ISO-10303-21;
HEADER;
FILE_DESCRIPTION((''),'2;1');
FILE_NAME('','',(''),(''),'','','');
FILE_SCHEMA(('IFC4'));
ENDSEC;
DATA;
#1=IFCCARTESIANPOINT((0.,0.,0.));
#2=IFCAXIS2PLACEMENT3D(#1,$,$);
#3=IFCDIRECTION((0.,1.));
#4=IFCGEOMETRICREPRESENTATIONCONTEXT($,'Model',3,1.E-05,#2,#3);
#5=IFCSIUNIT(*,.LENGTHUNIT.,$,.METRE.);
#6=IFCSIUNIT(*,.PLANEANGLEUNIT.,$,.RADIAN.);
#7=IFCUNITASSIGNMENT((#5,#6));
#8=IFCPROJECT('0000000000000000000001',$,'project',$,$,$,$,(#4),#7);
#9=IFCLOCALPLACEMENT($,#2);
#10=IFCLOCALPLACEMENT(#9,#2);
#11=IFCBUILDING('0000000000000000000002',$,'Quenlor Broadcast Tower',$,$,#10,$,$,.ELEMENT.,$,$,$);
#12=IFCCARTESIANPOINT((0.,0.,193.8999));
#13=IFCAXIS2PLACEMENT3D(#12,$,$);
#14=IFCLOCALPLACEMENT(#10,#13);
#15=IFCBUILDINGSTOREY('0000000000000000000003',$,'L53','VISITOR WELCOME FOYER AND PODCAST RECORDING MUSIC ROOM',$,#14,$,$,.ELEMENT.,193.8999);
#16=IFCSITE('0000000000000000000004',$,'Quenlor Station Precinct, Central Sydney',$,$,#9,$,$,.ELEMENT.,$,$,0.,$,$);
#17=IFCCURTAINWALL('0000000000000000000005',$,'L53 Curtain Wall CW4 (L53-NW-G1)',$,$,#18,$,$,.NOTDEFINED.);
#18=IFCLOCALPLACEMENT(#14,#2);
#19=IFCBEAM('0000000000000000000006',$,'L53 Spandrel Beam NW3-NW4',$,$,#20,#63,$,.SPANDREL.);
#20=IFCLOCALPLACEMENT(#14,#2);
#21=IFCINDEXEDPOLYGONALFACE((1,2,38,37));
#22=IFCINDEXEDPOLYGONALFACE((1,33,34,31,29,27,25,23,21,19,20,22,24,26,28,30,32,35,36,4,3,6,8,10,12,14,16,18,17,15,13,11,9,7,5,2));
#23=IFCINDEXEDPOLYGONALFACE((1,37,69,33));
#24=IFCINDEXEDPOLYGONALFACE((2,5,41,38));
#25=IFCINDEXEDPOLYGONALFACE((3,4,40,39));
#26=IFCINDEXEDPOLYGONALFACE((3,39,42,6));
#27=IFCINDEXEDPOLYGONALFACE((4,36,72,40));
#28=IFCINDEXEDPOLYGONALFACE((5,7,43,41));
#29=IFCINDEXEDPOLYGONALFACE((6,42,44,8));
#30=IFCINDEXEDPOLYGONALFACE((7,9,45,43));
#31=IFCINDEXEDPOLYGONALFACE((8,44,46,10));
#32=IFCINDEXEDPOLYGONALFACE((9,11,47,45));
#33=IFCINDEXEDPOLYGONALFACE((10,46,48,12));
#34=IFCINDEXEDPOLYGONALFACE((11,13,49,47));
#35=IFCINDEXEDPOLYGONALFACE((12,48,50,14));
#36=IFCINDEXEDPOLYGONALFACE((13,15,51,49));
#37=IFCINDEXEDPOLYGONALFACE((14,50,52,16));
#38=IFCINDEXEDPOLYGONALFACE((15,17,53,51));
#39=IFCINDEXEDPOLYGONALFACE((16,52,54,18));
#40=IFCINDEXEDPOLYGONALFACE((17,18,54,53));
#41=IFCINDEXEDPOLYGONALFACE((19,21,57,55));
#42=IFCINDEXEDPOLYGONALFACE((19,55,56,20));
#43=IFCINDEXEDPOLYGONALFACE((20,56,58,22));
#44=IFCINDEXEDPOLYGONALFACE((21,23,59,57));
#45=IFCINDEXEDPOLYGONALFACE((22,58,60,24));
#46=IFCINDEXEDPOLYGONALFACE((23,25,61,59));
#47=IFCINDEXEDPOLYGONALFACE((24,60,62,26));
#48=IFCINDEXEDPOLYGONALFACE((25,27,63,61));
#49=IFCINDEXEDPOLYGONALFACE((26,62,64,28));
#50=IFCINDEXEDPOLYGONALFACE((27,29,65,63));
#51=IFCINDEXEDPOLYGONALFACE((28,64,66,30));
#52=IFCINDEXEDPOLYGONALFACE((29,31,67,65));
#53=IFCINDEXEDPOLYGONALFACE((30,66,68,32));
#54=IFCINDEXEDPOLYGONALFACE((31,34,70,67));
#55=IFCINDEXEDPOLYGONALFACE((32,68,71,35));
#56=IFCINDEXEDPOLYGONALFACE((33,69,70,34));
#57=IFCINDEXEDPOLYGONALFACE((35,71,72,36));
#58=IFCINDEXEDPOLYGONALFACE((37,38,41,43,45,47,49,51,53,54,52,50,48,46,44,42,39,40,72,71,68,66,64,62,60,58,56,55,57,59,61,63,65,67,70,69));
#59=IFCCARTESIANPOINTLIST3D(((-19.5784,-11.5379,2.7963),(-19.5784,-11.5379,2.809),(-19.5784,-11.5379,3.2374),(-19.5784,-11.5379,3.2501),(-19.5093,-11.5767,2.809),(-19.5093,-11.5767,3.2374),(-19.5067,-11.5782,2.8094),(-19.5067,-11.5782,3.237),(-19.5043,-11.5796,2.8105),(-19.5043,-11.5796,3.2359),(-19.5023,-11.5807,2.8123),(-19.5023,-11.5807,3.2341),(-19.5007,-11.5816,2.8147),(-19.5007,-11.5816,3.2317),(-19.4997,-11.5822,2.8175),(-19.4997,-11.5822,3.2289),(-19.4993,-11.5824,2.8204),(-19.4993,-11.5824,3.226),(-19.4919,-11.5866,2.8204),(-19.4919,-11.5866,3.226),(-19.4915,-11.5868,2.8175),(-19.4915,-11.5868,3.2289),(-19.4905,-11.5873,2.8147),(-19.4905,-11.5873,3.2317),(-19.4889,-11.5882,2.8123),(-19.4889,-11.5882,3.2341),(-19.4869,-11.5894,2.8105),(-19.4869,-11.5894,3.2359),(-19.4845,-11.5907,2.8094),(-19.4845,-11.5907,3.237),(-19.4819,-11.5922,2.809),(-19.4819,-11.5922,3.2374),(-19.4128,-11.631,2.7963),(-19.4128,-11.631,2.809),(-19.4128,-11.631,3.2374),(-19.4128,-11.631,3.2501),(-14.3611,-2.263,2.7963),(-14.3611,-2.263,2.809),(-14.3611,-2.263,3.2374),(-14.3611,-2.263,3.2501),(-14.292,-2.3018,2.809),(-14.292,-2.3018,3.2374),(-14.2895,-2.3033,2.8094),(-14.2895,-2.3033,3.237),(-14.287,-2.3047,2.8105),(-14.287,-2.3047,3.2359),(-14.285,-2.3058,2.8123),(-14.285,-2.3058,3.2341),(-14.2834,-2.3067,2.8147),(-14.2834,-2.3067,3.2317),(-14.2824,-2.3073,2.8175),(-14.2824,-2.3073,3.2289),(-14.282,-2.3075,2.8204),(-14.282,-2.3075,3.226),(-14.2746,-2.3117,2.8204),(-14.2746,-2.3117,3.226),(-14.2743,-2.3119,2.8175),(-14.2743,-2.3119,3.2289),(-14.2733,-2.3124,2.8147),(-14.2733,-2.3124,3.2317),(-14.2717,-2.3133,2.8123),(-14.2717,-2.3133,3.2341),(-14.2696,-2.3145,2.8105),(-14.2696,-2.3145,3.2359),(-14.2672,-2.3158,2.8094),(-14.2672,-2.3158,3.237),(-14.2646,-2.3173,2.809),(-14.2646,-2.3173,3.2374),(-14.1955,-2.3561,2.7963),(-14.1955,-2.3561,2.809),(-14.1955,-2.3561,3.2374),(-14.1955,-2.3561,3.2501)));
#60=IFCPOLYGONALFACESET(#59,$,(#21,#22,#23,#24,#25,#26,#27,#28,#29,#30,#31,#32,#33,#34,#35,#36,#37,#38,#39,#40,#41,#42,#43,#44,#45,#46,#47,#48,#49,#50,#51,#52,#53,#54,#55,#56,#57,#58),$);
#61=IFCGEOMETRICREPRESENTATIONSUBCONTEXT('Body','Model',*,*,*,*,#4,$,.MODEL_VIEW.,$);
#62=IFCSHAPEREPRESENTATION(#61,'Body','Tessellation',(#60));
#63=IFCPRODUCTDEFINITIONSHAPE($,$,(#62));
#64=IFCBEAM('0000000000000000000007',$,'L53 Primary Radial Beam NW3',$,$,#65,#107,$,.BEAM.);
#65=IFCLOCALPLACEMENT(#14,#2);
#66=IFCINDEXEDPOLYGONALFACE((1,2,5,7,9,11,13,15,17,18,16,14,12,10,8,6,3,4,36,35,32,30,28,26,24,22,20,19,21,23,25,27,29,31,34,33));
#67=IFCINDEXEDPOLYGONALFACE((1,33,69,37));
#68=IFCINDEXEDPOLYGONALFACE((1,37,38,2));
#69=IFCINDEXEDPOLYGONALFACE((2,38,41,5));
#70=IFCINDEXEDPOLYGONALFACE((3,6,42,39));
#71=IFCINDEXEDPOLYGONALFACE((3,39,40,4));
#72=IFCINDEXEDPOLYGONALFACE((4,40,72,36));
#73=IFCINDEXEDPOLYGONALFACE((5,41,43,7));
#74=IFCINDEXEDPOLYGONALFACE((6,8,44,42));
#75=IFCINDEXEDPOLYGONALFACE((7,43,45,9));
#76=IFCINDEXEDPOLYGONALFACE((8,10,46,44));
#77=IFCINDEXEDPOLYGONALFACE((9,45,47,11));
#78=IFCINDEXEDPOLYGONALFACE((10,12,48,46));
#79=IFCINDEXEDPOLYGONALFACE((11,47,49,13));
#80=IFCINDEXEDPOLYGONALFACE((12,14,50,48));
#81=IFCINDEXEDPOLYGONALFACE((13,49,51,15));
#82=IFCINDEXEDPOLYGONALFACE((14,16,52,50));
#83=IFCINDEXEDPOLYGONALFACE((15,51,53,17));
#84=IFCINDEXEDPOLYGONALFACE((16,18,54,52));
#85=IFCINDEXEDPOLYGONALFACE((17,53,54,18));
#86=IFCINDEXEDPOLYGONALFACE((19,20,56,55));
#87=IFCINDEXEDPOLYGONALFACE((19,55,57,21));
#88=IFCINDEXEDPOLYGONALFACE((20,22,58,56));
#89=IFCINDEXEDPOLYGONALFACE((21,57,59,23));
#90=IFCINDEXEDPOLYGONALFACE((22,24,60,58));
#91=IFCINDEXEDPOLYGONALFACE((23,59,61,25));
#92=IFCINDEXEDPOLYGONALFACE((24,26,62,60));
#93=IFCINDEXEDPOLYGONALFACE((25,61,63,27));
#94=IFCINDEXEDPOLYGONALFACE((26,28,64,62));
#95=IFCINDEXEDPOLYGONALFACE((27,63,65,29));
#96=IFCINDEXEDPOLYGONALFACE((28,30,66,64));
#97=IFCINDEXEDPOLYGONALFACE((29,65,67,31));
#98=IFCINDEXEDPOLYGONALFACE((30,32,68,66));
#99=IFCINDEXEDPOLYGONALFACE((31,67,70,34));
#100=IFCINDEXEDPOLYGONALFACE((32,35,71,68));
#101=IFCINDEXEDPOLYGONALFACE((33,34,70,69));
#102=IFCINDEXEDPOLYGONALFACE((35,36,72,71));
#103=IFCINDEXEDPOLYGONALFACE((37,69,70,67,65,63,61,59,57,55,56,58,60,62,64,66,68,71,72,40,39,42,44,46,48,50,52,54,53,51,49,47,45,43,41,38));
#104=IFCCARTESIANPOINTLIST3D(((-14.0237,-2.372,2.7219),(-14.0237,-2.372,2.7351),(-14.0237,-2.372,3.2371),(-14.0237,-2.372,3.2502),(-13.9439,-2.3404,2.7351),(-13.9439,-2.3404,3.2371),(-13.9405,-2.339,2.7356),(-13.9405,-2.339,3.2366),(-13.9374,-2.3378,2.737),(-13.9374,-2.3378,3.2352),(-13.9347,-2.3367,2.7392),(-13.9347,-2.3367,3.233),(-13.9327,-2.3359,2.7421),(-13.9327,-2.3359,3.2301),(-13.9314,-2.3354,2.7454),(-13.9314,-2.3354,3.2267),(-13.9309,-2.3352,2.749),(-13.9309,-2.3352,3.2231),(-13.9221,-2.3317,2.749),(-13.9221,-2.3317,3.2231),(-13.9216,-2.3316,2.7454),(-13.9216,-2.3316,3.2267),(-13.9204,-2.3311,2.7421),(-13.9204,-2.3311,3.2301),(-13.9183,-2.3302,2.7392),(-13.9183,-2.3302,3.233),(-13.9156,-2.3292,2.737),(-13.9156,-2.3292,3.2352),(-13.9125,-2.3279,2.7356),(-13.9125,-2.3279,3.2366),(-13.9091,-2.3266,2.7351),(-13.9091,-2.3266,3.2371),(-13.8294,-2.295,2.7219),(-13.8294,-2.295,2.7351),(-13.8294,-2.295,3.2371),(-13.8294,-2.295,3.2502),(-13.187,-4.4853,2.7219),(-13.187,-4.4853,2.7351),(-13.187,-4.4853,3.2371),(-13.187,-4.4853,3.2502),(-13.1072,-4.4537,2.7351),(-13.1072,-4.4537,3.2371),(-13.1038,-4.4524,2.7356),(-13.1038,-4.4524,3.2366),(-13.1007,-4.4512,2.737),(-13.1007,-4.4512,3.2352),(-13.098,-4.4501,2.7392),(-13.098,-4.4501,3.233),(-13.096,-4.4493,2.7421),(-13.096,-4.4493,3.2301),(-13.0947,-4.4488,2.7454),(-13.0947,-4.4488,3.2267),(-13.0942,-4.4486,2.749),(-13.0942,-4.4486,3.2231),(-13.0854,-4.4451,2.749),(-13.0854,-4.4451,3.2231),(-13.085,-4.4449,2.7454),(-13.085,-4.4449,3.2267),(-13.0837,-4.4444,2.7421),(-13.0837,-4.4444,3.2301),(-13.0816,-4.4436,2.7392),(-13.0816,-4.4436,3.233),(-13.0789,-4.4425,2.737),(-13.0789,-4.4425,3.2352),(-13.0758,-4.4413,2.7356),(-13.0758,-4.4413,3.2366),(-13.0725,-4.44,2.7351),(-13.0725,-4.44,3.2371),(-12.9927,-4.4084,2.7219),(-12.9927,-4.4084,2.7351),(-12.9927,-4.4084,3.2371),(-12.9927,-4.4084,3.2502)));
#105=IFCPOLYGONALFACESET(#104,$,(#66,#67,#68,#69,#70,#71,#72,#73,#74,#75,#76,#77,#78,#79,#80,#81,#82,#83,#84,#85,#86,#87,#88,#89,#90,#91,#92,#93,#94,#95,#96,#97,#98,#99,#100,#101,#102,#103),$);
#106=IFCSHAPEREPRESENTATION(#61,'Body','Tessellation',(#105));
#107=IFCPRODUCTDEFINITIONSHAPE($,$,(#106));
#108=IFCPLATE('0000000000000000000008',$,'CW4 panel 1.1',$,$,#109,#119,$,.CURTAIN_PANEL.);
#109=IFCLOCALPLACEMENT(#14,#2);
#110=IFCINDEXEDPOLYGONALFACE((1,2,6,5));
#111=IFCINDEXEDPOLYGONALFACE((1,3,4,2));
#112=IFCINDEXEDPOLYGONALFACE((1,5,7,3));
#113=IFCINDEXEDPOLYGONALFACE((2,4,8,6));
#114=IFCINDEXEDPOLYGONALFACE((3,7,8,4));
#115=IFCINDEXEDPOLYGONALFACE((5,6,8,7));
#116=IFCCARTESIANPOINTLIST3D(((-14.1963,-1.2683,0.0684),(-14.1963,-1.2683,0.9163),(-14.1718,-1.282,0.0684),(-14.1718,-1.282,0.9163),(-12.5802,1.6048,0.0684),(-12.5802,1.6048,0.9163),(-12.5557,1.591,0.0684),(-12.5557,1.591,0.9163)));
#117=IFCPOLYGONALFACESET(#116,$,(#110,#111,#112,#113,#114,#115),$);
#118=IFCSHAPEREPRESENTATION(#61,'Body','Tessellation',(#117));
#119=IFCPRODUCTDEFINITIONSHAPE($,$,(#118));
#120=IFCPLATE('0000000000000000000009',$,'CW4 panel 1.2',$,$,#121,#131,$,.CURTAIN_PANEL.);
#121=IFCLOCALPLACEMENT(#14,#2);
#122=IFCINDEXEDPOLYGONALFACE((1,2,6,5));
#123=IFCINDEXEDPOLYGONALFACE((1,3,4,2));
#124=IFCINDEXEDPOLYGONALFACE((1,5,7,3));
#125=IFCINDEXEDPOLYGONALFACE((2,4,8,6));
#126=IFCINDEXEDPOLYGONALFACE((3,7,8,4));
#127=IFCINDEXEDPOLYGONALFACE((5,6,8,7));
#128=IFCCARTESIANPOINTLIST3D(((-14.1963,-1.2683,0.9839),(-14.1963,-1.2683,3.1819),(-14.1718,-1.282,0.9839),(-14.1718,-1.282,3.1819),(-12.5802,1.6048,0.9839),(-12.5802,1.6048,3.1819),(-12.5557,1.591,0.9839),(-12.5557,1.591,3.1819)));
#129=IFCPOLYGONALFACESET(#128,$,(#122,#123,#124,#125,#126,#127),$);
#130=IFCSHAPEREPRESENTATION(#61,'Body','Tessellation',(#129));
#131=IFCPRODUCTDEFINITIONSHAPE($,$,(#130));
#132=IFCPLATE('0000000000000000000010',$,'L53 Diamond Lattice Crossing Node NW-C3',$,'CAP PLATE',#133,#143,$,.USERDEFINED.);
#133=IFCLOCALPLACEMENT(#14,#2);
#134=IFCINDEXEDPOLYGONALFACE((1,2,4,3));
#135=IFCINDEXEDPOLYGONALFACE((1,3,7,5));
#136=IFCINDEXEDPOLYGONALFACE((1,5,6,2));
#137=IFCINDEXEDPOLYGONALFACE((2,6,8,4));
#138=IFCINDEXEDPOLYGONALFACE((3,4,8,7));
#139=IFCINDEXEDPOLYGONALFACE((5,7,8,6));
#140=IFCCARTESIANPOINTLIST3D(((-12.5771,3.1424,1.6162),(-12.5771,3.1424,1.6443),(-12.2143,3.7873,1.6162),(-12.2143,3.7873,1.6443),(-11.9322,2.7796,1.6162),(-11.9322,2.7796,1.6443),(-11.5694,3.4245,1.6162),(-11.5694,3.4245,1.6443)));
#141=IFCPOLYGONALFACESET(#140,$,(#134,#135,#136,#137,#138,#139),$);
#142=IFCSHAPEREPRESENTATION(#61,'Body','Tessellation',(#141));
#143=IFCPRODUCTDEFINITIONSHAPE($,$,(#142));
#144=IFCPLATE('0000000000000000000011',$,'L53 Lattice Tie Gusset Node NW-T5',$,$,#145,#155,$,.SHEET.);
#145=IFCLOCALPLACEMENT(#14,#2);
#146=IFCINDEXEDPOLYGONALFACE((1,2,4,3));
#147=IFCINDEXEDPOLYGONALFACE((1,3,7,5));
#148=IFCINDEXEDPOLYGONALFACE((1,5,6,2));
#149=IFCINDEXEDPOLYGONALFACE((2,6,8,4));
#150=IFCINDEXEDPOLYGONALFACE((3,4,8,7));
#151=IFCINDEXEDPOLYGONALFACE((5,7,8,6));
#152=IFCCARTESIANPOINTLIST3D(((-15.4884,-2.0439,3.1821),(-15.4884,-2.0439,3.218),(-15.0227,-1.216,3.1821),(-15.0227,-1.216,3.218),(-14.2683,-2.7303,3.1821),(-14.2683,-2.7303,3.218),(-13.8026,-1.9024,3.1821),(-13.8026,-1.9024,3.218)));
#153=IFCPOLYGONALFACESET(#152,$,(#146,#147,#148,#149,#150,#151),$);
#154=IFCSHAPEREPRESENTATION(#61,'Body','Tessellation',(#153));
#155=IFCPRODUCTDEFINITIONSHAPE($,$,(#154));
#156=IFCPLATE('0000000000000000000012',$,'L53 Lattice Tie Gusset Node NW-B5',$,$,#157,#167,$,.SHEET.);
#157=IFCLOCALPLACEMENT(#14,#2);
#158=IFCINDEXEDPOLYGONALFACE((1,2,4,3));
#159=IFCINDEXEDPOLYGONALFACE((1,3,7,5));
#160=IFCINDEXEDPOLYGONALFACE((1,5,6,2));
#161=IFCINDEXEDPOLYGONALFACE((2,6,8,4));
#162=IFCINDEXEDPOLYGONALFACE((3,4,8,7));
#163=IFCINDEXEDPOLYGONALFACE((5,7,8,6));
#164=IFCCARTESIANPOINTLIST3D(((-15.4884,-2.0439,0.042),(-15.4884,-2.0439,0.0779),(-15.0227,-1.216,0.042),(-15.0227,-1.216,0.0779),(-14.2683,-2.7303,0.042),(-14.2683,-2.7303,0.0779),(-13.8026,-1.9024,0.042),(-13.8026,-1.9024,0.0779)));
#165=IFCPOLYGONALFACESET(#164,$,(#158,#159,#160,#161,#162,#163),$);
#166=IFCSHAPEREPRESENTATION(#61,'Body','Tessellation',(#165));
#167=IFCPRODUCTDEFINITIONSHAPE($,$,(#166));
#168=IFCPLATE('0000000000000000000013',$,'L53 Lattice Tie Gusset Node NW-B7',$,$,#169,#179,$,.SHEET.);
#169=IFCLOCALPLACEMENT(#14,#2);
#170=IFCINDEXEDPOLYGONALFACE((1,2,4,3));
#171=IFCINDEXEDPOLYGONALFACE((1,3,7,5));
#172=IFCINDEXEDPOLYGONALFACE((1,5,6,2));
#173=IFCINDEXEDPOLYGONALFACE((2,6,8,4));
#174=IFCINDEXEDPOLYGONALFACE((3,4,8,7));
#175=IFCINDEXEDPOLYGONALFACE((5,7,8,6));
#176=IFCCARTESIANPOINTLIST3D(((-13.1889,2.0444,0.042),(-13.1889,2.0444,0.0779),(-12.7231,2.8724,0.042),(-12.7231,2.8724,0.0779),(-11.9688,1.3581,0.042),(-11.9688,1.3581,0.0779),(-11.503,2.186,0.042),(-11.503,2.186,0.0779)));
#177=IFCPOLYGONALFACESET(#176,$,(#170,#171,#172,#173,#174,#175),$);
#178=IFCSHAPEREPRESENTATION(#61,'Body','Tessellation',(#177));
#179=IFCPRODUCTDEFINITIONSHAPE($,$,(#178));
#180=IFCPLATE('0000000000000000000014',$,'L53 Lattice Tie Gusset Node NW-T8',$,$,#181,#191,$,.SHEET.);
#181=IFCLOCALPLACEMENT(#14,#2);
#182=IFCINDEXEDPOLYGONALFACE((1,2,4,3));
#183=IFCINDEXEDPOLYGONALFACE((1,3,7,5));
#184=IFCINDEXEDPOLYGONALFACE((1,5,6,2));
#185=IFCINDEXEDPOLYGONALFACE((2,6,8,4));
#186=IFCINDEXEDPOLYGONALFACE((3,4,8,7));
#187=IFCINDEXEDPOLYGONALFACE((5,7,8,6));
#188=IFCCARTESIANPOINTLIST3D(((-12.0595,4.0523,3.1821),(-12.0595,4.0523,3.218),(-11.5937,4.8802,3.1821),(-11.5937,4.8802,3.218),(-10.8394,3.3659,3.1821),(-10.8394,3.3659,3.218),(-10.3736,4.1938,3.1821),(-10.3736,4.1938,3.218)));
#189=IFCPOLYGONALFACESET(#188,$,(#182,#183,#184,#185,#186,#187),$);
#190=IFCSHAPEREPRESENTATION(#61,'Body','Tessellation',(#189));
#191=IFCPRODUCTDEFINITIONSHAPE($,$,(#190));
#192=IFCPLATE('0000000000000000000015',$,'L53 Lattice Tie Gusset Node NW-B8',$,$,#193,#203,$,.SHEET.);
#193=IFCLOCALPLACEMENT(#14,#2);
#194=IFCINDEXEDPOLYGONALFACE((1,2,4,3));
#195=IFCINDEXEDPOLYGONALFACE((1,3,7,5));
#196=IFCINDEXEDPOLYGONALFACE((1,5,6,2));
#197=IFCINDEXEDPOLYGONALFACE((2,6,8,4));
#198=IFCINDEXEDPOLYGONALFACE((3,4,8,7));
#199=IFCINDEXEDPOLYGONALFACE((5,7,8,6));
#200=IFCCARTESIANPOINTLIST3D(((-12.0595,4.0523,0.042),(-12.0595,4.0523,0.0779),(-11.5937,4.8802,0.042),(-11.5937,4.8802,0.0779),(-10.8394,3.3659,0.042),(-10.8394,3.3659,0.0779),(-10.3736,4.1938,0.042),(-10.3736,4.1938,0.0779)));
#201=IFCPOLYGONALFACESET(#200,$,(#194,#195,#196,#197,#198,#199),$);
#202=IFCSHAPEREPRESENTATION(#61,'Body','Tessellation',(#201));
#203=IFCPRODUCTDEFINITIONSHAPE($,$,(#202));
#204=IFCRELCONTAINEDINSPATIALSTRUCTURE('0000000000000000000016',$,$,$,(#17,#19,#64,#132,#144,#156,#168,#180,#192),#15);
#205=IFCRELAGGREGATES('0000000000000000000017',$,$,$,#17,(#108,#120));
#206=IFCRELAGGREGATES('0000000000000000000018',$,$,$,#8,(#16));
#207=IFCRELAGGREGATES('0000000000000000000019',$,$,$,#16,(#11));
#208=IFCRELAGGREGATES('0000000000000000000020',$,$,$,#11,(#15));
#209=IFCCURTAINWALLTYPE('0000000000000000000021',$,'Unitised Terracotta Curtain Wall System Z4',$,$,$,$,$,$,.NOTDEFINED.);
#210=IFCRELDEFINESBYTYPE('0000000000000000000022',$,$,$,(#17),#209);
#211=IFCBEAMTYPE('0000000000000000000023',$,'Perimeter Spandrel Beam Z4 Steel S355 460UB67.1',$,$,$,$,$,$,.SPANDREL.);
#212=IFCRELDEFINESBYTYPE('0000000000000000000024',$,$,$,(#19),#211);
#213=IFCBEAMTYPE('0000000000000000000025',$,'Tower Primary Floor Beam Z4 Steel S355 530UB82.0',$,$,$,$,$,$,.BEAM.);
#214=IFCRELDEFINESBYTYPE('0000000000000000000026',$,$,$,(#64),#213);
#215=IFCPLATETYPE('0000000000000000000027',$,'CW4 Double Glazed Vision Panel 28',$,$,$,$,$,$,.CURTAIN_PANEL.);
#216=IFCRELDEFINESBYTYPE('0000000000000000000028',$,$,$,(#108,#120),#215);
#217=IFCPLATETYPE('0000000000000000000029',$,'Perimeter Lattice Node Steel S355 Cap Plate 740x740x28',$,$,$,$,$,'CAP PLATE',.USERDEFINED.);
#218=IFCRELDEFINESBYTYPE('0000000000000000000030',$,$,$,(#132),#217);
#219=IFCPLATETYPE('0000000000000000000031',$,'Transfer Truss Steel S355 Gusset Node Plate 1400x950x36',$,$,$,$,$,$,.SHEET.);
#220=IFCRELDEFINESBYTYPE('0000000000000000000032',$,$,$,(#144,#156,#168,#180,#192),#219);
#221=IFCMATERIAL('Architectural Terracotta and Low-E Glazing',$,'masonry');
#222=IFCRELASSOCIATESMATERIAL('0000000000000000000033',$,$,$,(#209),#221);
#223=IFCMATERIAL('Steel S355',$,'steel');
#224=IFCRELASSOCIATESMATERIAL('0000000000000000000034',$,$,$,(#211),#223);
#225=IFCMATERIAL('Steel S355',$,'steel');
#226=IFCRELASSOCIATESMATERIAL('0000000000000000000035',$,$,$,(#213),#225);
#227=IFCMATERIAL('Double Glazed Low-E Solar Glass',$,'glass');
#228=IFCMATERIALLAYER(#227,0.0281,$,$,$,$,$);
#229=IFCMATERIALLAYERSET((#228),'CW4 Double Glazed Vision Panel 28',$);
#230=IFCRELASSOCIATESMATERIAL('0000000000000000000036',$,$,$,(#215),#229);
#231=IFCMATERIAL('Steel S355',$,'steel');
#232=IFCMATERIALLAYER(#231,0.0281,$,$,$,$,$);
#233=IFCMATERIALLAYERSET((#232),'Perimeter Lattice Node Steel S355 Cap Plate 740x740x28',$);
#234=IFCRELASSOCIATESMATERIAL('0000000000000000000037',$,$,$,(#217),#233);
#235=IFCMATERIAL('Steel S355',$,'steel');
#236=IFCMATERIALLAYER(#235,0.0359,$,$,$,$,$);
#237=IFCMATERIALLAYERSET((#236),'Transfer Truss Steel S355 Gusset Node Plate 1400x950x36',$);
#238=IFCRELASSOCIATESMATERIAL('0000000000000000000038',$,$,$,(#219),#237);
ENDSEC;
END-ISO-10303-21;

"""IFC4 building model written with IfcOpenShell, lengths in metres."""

from ifc_helpers import new_model, si_unit, direction, frame, origin, origin_2d, place, context, subcontext, project, spatial, rectangle, i_section, extrude, material, layer, layer_set, material_profile, profile_set, type_object, element, aggregate, save


model = new_model("IFC4")

# Units and contexts
model_context = context("Model", 3, precision=1e-05, world=origin(), true_north=direction((0.0, 1.0)))
body_context = subcontext(model_context, "Body", "Model", "MODEL_VIEW")
ifc_project = project(units=[si_unit("LENGTHUNIT", "METRE"), si_unit("PLANEANGLEUNIT", "RADIAN")], contexts=[model_context])

# Site, building, storey
site_placement = place(None, origin())
site = spatial("IfcSite", under=ifc_project, at=site_placement, Name="Quenlor Station Precinct, Central Sydney", CompositionType="ELEMENT", RefElevation=0.0)
building_placement = place(site_placement, origin())
building = spatial("IfcBuilding", under=site, at=building_placement, Name="Quenlor Broadcast Tower", CompositionType="ELEMENT")
storey_placement = place(building_placement, frame((0.0, 0.0, 193.8999)))
storey = spatial("IfcBuildingStorey", under=building, at=storey_placement, Name="L53", Description="VISITOR WELCOME FOYER AND PODCAST RECORDING MUSIC ROOM", CompositionType="ELEMENT", Elevation=193.8999)

# Curtain wall
ifc_material_1 = material(Name="Architectural Terracotta and Low-E Glazing", Category="masonry")
curtain_wall_type = type_object("IfcCurtainWallType", Name="Unitised Terracotta Curtain Wall System Z4", PredefinedType="NOTDEFINED", material=ifc_material_1)
curtain_wall_1_placement = place(storey_placement, origin())
curtain_wall_1 = element("IfcCurtainWall", 1, at=curtain_wall_1_placement, inside=storey, type_object=curtain_wall_type, Name="L53 Curtain Wall CW4 (L53-NW-G1)", PredefinedType="NOTDEFINED")

# Beams
ifc_material_2 = material(Name="Steel S355", Category="steel")
ifc_material_profile_1 = material_profile(ifc_material_2, i_section(OverallWidth=0.1899, OverallDepth=0.4539, WebThickness=0.0085, FlangeThickness=0.0127, FilletRadius=0.0115, at=origin_2d()))
ifc_profile_set_1 = profile_set([ifc_material_profile_1], Name="Steel S355 460UB67.1")
beam_type_1 = type_object("IfcBeamType", Name="Perimeter Spandrel Beam Z4 Steel S355 460UB67.1", PredefinedType="SPANDREL", material=ifc_profile_set_1)
beam_1_placement = place(storey_placement, frame((-14.2783, -2.3096, 3.0232), z_axis=(-0.490272, -0.871569, 0.0), x_axis=(0.871569, -0.490272, 0.0)))
element("IfcBeam", 2, at=beam_1_placement, inside=storey, type_object=beam_type_1, Name="L53 Spandrel Beam NW3-NW4", PredefinedType="SPANDREL", context=body_context, shape_type="SweptSolid", body=[
    extrude(i_section(OverallWidth=0.1899, OverallDepth=0.4539, WebThickness=0.0085, FlangeThickness=0.0127, FilletRadius=0.0115, at=origin_2d()), origin(), (0.0, 0.0, 1.0), 10.6416),
])
ifc_material_3 = material(Name="Steel S355", Category="steel")
ifc_material_profile_2 = material_profile(ifc_material_3, i_section(OverallWidth=0.209, OverallDepth=0.5283, WebThickness=0.0095, FlangeThickness=0.0132, FilletRadius=0.0139, at=origin_2d()))
ifc_profile_set_2 = profile_set([ifc_material_profile_2], Name="Steel S355 530UB82.0")
beam_type_2 = type_object("IfcBeamType", Name="Tower Primary Floor Beam Z4 Steel S355 530UB82.0", PredefinedType="BEAM", material=ifc_profile_set_2)
beam_2_placement = place(storey_placement, frame((-13.9265, -2.3335, 2.9861), z_axis=(0.36811, -0.929782, 0.0), x_axis=(0.929782, 0.36811, 0.0)))
element("IfcBeam", 3, at=beam_2_placement, inside=storey, type_object=beam_type_2, Name="L53 Primary Radial Beam NW3", PredefinedType="BEAM", context=body_context, shape_type="SweptSolid", body=[
    extrude(i_section(OverallWidth=0.209, OverallDepth=0.5283, WebThickness=0.0095, FlangeThickness=0.0132, FilletRadius=0.0139, at=origin_2d()), origin(), (0.0, 0.0, 1.0), 2.2729),
])

# Plates
ifc_material_4 = material(Name="Double Glazed Low-E Solar Glass", Category="glass")
ifc_layer_1 = layer(ifc_material_4, 0.0281)
ifc_layer_set_1 = layer_set([ifc_layer_1], Name="CW4 Double Glazed Vision Panel 28")
plate_type_1 = type_object("IfcPlateType", Name="CW4 Double Glazed Vision Panel 28", PredefinedType="CURTAIN_PANEL", material=ifc_layer_set_1)
plate_1_placement = place(storey_placement, frame((-13.376, 0.1614, 0.0684), z_axis=(0.0, 0.0, 1.0), x_axis=(0.490257, 0.871578, 0.0)))
plate_1 = element("IfcPlate", 4, at=plate_1_placement, type_object=plate_type_1, Name="CW4 panel 1.1", PredefinedType="CURTAIN_PANEL", context=body_context, shape_type="SweptSolid", body=[
    extrude(rectangle(XDim=3.2964, YDim=0.0281, at=origin_2d()), origin(), (0.0, 0.0, 1.0), 0.8479),
])
plate_2_placement = place(storey_placement, frame((-13.376, 0.1614, 0.9839), z_axis=(0.0, 0.0, 1.0), x_axis=(0.490257, 0.871578, 0.0)))
plate_2 = element("IfcPlate", 5, at=plate_2_placement, type_object=plate_type_1, Name="CW4 panel 1.2", PredefinedType="CURTAIN_PANEL", context=body_context, shape_type="SweptSolid", body=[
    extrude(rectangle(XDim=3.2964, YDim=0.0281, at=origin_2d()), origin(), (0.0, 0.0, 1.0), 2.198),
])
aggregate(curtain_wall_1, [plate_1, plate_2])

# Plates
ifc_material_5 = material(Name="Steel S355", Category="steel")
ifc_layer_2 = layer(ifc_material_5, 0.0281)
ifc_layer_set_2 = layer_set([ifc_layer_2], Name="Perimeter Lattice Node Steel S355 Cap Plate 740x740x28")
plate_type_2 = type_object("IfcPlateType", Name="Perimeter Lattice Node Steel S355 Cap Plate 740x740x28", ElementType="CAP PLATE", PredefinedType="USERDEFINED", material=ifc_layer_set_2)
plate_3_placement = place(storey_placement, frame((-12.0732, 3.2834, 1.6162), z_axis=(0.0, 0.0, 1.0), x_axis=(0.490295, 0.871556, 0.0)))
element("IfcPlate", 6, at=plate_3_placement, inside=storey, type_object=plate_type_2, Name="L53 Diamond Lattice Crossing Node NW-C3", ObjectType="CAP PLATE", PredefinedType="USERDEFINED", context=body_context, shape_type="SweptSolid", body=[
    extrude(rectangle(XDim=0.74, YDim=0.74, at=origin_2d()), origin(), (0.0, 0.0, 1.0), 0.0281),
])
ifc_material_6 = material(Name="Steel S355", Category="steel")
ifc_layer_3 = layer(ifc_material_6, 0.0359)
ifc_layer_set_3 = layer_set([ifc_layer_3], Name="Transfer Truss Steel S355 Gusset Node Plate 1400x950x36")
plate_type_3 = type_object("IfcPlateType", Name="Transfer Truss Steel S355 Gusset Node Plate 1400x950x36", PredefinedType="SHEET", material=ifc_layer_set_3)
for number, where, z_axis, x_axis, name in (
    (7, (-14.6455, -1.9731, 3.1821), (0.0, 0.0, 1.0), (-0.871556, 0.490295, 0.0), "L53 Lattice Tie Gusset Node NW-T5"),
    (8, (-14.6455, -1.9731, 0.042), (0.0, 0.0, 1.0), (-0.871556, 0.490295, 0.0), "L53 Lattice Tie Gusset Node NW-B5"),
    (9, (-12.3459, 2.1152, 0.042), (0.0, 0.0, 1.0), (-0.871556, 0.490295, 0.0), "L53 Lattice Tie Gusset Node NW-B7"),
    (10, (-11.2166, 4.123, 3.1821), (0.0, 0.0, 1.0), (-0.871556, 0.490295, 0.0), "L53 Lattice Tie Gusset Node NW-T8"),
    (11, (-11.2166, 4.123, 0.042), (0.0, 0.0, 1.0), (-0.871556, 0.490295, 0.0), "L53 Lattice Tie Gusset Node NW-B8"),
):
    element("IfcPlate", number, at=place(storey_placement, frame(where, z_axis=z_axis, x_axis=x_axis)), inside=storey, type_object=plate_type_3, Name=name, PredefinedType="SHEET", context=body_context, shape_type="SweptSolid", body=[
        extrude(rectangle(XDim=1.3999, YDim=0.95, at=origin_2d()), origin(), (0.0, 0.0, 1.0), 0.0359),
    ])

save(model, "model.ifc")
